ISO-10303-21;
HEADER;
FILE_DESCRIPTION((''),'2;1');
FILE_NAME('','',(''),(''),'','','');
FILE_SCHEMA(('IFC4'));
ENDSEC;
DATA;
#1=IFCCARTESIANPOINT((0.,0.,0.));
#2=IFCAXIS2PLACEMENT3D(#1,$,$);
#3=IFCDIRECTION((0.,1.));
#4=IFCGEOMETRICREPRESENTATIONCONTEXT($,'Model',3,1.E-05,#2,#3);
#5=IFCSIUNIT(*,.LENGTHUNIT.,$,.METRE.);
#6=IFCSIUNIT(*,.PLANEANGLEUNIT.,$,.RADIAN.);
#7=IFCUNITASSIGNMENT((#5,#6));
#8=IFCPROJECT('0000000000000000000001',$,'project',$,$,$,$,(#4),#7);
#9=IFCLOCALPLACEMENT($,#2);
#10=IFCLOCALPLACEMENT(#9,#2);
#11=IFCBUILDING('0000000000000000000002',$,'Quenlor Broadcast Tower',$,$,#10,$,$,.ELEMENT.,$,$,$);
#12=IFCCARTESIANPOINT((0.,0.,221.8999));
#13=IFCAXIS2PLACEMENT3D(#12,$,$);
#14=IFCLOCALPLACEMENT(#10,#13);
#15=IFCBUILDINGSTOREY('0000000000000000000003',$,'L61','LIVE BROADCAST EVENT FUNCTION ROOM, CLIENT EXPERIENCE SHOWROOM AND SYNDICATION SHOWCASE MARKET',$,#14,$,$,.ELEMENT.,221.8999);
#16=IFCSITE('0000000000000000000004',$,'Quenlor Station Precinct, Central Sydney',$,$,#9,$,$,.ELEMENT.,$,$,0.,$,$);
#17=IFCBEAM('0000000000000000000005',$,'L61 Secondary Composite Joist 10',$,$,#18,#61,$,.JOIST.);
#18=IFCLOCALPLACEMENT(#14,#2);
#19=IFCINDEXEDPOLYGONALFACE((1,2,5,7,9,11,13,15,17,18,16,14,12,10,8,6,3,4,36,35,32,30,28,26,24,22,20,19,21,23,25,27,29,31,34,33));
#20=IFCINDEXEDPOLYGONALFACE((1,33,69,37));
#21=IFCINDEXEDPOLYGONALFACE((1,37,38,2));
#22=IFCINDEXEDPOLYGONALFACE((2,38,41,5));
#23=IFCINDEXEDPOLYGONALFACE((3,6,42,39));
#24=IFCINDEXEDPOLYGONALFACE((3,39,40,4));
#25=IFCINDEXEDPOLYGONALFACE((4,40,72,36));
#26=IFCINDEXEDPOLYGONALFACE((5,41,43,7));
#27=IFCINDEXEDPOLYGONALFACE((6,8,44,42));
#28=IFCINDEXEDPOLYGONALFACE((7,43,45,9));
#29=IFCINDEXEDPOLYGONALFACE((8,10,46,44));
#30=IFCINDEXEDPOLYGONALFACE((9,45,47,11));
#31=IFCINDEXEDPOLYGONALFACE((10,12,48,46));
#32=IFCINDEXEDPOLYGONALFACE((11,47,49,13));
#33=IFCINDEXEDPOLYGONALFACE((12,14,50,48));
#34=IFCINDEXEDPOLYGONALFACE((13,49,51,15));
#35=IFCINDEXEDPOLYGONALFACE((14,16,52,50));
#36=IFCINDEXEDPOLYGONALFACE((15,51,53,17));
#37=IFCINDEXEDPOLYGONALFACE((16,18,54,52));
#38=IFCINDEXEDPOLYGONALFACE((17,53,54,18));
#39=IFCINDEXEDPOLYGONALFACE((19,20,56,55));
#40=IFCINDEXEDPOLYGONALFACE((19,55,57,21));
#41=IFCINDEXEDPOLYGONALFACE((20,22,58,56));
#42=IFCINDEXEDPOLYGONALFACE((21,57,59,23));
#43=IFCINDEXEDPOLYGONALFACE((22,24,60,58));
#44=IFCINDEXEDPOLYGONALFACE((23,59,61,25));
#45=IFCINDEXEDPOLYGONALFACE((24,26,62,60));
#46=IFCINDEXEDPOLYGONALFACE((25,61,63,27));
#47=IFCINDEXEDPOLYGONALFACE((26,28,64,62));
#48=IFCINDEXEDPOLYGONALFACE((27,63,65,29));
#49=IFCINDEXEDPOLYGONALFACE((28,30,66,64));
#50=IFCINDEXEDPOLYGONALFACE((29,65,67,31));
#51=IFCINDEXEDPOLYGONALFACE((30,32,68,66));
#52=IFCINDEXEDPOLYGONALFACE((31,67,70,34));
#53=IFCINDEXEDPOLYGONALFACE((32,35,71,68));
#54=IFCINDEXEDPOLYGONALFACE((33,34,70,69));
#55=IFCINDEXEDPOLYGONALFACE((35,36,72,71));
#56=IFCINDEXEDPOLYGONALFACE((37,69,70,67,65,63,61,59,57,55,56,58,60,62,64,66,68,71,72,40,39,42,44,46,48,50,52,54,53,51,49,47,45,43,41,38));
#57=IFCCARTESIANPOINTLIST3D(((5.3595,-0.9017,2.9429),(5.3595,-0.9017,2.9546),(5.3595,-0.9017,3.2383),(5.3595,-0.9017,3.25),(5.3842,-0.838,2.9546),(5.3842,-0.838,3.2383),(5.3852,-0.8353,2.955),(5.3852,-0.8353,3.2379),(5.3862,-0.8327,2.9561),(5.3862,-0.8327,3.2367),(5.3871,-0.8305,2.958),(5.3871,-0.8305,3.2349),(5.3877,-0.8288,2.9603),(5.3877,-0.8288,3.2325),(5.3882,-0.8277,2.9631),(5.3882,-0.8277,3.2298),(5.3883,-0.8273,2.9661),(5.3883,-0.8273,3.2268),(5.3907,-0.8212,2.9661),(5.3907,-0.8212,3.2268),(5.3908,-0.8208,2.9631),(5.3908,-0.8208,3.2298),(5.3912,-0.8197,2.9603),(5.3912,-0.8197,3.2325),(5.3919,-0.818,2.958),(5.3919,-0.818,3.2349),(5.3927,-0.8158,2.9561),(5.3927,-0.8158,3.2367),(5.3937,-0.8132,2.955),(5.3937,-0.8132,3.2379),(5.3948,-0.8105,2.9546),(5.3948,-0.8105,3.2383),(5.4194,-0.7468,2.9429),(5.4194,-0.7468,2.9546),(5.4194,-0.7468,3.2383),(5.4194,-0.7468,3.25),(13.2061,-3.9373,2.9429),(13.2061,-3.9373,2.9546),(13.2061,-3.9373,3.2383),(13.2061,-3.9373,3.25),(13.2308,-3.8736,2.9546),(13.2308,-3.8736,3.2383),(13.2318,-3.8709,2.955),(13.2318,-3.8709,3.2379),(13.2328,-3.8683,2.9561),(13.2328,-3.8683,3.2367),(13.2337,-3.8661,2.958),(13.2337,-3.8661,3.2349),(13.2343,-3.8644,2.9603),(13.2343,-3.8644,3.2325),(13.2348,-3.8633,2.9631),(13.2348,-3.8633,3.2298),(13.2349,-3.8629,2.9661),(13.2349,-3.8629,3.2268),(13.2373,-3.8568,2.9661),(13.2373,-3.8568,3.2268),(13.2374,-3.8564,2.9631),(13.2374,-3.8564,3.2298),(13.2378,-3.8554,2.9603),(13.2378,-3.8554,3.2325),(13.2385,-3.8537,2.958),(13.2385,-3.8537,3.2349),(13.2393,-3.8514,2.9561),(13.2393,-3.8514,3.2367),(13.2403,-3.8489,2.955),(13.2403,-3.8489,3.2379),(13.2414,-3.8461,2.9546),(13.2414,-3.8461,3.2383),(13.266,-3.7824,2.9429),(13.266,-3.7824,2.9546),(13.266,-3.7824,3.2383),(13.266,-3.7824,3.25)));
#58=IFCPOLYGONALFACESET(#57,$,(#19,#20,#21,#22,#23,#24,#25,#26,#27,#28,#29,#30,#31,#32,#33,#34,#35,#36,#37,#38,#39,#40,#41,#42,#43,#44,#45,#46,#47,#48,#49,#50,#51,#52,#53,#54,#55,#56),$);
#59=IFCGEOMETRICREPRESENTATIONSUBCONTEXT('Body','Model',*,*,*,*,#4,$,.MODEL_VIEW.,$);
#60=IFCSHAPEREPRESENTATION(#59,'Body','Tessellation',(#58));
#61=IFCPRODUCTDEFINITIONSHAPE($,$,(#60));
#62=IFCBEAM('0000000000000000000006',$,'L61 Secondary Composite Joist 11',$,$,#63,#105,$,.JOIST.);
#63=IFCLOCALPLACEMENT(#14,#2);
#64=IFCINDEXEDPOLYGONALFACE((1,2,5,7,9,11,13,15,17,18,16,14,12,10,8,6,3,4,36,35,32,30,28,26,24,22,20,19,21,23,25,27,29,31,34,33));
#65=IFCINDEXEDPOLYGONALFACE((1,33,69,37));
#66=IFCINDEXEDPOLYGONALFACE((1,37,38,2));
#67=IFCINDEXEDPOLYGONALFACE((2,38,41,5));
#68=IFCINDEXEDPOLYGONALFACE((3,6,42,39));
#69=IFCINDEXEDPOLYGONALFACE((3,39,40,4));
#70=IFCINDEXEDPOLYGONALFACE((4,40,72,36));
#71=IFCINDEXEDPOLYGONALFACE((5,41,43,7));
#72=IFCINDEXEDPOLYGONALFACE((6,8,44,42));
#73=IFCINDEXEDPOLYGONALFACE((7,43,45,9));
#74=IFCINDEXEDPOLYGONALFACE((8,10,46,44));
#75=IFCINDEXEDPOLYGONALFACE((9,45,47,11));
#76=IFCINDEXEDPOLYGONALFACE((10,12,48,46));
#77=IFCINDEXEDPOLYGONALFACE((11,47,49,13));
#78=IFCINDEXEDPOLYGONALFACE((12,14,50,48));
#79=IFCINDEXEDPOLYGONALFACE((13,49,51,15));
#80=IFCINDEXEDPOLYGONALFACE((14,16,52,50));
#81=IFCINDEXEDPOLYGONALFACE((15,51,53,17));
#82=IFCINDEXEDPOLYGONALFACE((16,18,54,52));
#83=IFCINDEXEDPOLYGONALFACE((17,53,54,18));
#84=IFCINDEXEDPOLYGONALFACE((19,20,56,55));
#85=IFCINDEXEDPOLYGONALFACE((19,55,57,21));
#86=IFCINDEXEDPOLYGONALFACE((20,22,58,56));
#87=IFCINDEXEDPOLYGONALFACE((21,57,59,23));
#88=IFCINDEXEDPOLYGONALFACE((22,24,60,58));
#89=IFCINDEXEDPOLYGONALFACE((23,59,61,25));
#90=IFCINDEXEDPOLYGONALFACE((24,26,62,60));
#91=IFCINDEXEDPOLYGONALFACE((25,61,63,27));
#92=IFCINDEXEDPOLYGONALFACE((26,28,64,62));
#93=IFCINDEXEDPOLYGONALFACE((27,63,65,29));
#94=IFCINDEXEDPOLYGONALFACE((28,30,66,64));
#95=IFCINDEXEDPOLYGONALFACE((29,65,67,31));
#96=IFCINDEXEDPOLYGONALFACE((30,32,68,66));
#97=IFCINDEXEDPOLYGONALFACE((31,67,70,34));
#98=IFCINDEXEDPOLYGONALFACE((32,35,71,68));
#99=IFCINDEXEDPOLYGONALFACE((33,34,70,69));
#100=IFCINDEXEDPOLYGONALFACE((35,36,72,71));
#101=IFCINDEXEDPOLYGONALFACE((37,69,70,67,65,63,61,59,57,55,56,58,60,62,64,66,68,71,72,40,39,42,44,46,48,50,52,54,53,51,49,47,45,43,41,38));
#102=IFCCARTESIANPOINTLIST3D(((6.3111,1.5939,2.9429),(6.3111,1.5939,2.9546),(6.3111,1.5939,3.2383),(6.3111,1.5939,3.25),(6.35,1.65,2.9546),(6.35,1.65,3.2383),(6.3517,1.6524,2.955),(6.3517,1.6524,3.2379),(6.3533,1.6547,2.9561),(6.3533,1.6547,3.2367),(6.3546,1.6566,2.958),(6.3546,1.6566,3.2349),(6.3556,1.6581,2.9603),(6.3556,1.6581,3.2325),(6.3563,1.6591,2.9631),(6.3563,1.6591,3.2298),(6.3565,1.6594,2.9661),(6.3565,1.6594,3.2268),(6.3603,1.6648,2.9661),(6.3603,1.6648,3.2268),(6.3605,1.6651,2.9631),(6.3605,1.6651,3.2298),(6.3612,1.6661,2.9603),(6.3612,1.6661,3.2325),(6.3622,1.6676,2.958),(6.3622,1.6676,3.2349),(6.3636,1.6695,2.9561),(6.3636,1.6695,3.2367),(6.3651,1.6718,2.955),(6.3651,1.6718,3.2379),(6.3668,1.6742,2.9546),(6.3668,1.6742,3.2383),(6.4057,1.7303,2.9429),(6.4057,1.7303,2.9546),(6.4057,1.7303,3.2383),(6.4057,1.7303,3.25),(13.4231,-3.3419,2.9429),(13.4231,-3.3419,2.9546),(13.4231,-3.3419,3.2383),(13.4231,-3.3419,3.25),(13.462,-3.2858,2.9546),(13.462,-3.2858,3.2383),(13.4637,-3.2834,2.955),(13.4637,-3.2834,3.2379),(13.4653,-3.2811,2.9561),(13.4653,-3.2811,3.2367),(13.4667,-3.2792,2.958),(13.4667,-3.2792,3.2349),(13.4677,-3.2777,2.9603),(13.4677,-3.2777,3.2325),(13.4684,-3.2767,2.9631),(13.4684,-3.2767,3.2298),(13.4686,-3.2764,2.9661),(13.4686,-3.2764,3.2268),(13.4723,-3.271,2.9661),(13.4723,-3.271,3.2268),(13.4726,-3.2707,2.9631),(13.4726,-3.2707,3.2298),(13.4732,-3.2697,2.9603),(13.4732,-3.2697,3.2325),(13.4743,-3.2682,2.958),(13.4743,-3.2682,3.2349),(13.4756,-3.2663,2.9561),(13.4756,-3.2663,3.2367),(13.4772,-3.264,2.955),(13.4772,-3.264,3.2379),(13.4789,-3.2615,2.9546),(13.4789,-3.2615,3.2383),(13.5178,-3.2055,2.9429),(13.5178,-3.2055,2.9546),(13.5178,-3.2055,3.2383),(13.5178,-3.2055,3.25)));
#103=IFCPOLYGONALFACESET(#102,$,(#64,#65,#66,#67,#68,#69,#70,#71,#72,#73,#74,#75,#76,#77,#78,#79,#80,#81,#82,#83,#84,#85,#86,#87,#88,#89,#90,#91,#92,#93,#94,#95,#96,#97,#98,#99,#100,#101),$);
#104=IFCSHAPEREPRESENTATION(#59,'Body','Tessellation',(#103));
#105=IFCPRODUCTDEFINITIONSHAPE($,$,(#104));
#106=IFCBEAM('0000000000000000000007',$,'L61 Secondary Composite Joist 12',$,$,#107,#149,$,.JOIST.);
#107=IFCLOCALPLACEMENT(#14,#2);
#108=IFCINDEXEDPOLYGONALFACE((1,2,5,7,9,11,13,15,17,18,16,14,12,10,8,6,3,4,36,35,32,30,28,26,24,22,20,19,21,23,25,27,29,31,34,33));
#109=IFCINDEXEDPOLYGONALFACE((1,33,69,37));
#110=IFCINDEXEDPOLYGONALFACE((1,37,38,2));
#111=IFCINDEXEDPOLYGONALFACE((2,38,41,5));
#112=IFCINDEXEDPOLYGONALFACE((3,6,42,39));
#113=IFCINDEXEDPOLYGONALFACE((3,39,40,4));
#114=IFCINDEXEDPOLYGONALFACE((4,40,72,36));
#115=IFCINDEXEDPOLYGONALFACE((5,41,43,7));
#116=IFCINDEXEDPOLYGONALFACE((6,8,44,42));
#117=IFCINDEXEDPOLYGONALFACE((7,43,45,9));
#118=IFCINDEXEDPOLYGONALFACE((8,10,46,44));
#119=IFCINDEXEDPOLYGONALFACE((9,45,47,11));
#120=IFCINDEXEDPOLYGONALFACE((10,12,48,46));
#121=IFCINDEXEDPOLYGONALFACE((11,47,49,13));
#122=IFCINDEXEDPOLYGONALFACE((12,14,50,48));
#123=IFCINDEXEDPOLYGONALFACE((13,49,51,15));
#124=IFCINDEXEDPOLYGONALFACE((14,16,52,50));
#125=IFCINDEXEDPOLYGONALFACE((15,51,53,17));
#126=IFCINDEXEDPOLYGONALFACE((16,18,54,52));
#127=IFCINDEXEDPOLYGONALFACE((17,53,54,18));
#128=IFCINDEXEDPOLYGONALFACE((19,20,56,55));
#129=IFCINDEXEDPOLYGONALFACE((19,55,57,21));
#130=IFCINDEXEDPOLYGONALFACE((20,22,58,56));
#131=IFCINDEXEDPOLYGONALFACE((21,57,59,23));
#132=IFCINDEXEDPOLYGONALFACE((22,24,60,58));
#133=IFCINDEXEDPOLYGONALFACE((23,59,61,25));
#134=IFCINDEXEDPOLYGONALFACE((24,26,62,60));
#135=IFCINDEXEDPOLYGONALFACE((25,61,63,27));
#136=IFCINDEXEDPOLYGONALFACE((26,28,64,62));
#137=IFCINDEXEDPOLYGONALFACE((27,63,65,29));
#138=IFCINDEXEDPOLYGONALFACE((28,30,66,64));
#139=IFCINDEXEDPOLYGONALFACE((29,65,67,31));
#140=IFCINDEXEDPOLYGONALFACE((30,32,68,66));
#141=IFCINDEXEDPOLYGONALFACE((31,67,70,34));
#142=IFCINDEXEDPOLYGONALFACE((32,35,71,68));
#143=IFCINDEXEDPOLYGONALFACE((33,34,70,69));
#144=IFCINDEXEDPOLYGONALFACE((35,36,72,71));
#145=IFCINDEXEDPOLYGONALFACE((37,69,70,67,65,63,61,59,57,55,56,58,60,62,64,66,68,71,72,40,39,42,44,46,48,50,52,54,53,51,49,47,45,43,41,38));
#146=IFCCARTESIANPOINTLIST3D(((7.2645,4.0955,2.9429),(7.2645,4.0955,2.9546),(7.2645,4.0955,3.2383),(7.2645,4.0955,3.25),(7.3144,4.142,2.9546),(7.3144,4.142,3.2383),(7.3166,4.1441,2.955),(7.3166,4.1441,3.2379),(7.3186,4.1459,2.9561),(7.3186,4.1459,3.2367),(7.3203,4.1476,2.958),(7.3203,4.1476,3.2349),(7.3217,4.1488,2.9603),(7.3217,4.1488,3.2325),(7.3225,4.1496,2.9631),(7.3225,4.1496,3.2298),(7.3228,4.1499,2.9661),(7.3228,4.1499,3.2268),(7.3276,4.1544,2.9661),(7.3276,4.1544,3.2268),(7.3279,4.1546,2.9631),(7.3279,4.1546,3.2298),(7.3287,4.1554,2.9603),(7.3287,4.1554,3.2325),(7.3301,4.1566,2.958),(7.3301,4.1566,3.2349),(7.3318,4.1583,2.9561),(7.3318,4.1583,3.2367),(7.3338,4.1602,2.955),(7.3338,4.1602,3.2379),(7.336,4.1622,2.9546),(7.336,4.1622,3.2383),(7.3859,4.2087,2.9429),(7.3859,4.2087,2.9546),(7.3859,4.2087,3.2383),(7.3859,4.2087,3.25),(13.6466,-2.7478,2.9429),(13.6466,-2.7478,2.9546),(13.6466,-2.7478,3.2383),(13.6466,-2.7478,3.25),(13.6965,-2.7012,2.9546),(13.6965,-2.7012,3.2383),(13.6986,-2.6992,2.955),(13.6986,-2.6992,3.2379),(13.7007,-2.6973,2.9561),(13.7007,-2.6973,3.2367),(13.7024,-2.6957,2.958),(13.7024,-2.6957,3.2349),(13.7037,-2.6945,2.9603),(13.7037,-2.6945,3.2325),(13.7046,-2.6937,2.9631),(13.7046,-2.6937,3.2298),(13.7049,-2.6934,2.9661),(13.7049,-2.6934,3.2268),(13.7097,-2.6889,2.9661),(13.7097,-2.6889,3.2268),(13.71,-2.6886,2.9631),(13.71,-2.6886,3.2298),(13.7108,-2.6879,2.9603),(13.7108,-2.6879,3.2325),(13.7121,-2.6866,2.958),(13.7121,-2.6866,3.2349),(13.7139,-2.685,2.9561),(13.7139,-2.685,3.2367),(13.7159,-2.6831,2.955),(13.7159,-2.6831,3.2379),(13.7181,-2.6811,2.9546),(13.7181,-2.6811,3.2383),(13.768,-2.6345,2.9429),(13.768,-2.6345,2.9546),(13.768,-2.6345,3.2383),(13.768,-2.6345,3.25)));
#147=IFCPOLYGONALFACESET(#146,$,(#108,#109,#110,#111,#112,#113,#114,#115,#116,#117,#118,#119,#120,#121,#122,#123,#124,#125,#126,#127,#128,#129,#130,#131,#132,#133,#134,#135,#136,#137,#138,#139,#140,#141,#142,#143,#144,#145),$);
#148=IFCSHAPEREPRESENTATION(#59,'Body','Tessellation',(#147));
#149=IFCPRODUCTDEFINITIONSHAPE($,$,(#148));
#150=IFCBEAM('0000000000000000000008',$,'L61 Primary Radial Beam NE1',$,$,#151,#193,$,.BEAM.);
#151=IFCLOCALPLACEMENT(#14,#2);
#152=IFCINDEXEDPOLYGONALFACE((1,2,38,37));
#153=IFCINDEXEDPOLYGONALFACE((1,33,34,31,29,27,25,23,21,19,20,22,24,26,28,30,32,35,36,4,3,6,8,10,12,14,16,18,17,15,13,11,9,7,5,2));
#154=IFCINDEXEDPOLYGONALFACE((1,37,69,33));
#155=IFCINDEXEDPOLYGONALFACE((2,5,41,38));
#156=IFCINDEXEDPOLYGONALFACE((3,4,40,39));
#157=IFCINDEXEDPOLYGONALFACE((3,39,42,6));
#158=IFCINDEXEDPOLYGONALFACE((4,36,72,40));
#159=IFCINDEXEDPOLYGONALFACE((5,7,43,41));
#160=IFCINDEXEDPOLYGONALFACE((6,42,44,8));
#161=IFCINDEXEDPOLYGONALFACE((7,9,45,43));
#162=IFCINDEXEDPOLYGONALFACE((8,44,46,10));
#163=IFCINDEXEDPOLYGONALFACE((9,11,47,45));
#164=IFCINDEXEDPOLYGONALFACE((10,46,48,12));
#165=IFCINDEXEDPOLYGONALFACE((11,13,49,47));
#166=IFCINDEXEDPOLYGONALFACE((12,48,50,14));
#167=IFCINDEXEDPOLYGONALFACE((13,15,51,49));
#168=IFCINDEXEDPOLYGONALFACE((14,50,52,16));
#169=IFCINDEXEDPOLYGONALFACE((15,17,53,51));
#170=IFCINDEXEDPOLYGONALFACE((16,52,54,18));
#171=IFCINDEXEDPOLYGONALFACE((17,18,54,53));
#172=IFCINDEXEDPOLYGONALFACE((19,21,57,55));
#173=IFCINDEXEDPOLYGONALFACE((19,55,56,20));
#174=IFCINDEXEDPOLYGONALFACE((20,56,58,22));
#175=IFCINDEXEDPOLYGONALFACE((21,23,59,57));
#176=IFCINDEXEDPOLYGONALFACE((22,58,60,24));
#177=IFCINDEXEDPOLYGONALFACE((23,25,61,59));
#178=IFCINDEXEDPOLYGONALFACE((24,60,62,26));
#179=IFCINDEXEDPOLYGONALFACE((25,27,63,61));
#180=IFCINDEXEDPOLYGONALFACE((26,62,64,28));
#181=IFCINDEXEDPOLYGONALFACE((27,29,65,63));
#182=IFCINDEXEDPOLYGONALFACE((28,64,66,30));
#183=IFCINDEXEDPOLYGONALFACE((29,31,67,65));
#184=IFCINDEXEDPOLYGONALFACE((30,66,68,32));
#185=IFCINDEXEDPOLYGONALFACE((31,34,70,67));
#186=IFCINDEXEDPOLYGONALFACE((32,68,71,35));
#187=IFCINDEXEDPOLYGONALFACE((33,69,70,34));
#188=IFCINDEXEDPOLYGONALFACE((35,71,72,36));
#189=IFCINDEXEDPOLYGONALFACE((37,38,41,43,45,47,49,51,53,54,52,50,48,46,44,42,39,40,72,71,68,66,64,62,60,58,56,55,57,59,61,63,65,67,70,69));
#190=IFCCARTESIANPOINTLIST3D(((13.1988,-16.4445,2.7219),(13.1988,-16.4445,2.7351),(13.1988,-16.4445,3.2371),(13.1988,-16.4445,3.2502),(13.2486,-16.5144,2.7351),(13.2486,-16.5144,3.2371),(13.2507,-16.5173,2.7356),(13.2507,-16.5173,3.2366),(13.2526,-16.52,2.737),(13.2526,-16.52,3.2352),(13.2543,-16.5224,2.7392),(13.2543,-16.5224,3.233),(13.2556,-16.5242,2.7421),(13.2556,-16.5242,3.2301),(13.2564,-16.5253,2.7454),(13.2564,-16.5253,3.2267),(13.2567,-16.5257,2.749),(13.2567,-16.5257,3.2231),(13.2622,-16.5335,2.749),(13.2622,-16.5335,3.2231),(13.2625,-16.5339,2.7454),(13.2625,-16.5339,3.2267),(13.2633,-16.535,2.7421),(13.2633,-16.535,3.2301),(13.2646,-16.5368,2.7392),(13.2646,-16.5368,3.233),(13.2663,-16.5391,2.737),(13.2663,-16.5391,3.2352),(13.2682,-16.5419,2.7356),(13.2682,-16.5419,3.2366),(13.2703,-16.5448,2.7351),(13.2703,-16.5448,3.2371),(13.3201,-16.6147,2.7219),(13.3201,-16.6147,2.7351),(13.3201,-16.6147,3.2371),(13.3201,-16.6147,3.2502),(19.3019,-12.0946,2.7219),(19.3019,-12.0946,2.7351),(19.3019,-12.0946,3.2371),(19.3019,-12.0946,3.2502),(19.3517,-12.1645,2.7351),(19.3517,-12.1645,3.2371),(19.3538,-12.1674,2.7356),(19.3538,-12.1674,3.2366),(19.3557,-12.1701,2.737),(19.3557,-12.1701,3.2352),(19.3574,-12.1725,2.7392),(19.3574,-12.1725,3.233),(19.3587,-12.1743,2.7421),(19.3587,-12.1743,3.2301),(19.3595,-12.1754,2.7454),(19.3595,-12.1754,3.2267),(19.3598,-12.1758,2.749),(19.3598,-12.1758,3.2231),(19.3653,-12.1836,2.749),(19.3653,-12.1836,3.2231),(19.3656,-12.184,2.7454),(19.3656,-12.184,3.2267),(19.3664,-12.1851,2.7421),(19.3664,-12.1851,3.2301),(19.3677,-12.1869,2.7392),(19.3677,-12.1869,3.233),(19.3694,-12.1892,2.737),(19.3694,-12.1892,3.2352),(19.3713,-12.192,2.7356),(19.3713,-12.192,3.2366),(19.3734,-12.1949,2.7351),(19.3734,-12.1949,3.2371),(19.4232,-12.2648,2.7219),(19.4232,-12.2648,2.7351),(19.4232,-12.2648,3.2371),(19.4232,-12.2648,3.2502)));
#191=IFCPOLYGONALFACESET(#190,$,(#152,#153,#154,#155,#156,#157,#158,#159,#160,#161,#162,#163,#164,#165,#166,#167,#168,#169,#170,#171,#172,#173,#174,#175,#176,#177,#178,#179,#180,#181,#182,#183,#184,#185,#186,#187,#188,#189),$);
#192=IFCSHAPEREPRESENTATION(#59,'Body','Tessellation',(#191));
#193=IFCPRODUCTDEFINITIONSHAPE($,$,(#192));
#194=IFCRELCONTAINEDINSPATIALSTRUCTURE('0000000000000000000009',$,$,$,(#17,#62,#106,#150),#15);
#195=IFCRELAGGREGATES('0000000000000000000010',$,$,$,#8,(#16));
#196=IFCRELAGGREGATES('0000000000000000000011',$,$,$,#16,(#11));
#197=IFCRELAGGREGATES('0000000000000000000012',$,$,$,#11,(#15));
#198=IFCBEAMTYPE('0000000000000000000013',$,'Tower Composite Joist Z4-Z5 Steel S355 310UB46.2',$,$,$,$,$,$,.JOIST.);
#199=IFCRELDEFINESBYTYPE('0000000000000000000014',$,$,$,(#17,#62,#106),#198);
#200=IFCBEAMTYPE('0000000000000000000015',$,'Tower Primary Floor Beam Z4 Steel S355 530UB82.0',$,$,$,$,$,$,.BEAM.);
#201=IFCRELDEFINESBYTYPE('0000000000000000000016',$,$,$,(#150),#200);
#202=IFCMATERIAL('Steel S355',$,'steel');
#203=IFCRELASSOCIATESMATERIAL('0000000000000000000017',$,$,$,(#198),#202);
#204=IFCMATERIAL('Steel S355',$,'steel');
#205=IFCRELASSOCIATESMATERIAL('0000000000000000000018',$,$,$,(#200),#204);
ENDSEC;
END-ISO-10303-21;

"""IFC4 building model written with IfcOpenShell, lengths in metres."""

from ifc_helpers import new_model, si_unit, direction, frame, origin, origin_2d, place, context, subcontext, project, spatial, i_section, extrude, material, material_profile, profile_set, type_object, element, save


model = new_model("IFC4")

# Units and contexts
model_context = context("Model", 3, precision=1e-05, world=origin(), true_north=direction((0.0, 1.0)))
body_context = subcontext(model_context, "Body", "Model", "MODEL_VIEW")
ifc_project = project(units=[si_unit("LENGTHUNIT", "METRE"), si_unit("PLANEANGLEUNIT", "RADIAN")], contexts=[model_context])

# Site, building, storey
site_placement = place(None, origin())
site = spatial("IfcSite", under=ifc_project, at=site_placement, Name="Quenlor Station Precinct, Central Sydney", CompositionType="ELEMENT", RefElevation=0.0)
building_placement = place(site_placement, origin())
building = spatial("IfcBuilding", under=site, at=building_placement, Name="Quenlor Broadcast Tower", CompositionType="ELEMENT")
storey_placement = place(building_placement, frame((0.0, 0.0, 221.8999)))
storey = spatial("IfcBuildingStorey", under=building, at=storey_placement, Name="L61", Description="LIVE BROADCAST EVENT FUNCTION ROOM, CLIENT EXPERIENCE SHOWROOM AND SYNDICATION SHOWCASE MARKET", CompositionType="ELEMENT", Elevation=221.8999)

# Beams
ifc_material_1 = material(Name="Steel S355", Category="steel")
ifc_material_profile_1 = material_profile(ifc_material_1, i_section(OverallWidth=0.166, OverallDepth=0.3071, WebThickness=0.0066, FlangeThickness=0.0117, FilletRadius=0.0115, at=origin_2d()))
ifc_profile_set_1 = profile_set([ifc_material_profile_1], Name="Steel S355 310UB46.2")
beam_type_1 = type_object("IfcBeamType", Name="Tower Composite Joist Z4-Z5 Steel S355 310UB46.2", PredefinedType="JOIST", material=ifc_profile_set_1)
beam_1_placement = place(storey_placement, frame((13.2361, -3.8599, 3.0964), z_axis=(-0.932639, 0.36081, 0.0), x_axis=(-0.36081, -0.932639, 0.0)))
element("IfcBeam", 1, at=beam_1_placement, inside=storey, type_object=beam_type_1, Name="L61 Secondary Composite Joist 10", PredefinedType="JOIST", context=body_context, shape_type="SweptSolid", body=[
    extrude(i_section(OverallWidth=0.166, OverallDepth=0.3071, WebThickness=0.0066, FlangeThickness=0.0117, FilletRadius=0.0115, at=origin_2d()), origin(), (0.0, 0.0, 1.0), 8.4133),
])
beam_2_placement = place(storey_placement, frame((13.4705, -3.2737, 3.0964), z_axis=(-0.82154, 0.570151, 0.0), x_axis=(-0.570151, -0.82154, 0.0)))
element("IfcBeam", 2, at=beam_2_placement, inside=storey, type_object=beam_type_1, Name="L61 Secondary Composite Joist 11", PredefinedType="JOIST", context=body_context, shape_type="SweptSolid", body=[
    extrude(i_section(OverallWidth=0.166, OverallDepth=0.3071, WebThickness=0.0066, FlangeThickness=0.0117, FilletRadius=0.0115, at=origin_2d()), origin(), (0.0, 0.0, 1.0), 8.657),
])
beam_3_placement = place(storey_placement, frame((13.7073, -2.6912, 3.0964), z_axis=(-0.682035, 0.73132, 0.0), x_axis=(-0.73132, -0.682035, 0.0)))
element("IfcBeam", 3, at=beam_3_placement, inside=storey, type_object=beam_type_1, Name="L61 Secondary Composite Joist 12", PredefinedType="JOIST", context=body_context, shape_type="SweptSolid", body=[
    extrude(i_section(OverallWidth=0.166, OverallDepth=0.3071, WebThickness=0.0066, FlangeThickness=0.0117, FilletRadius=0.0115, at=origin_2d()), origin(), (0.0, 0.0, 1.0), 9.3574),
])
ifc_material_2 = material(Name="Steel S355", Category="steel")
ifc_material_profile_2 = material_profile(ifc_material_2, i_section(OverallWidth=0.209, OverallDepth=0.5283, WebThickness=0.0095, FlangeThickness=0.0132, FilletRadius=0.0139, at=origin_2d()))
ifc_profile_set_2 = profile_set([ifc_material_profile_2], Name="Steel S355 530UB82.0")
beam_type_2 = type_object("IfcBeamType", Name="Tower Primary Floor Beam Z4 Steel S355 530UB82.0", PredefinedType="BEAM", material=ifc_profile_set_2)
beam_4_placement = place(storey_placement, frame((19.3625, -12.1797, 2.9861), z_axis=(-0.81433, -0.580403, 0.0), x_axis=(0.580403, -0.81433, 0.0)))
element("IfcBeam", 4, at=beam_4_placement, inside=storey, type_object=beam_type_2, Name="L61 Primary Radial Beam NE1", PredefinedType="BEAM", context=body_context, shape_type="SweptSolid", body=[
    extrude(i_section(OverallWidth=0.209, OverallDepth=0.5283, WebThickness=0.0095, FlangeThickness=0.0132, FilletRadius=0.0139, at=origin_2d()), origin(), (0.0, 0.0, 1.0), 7.4946),
])

save(model, "model.ifc")
